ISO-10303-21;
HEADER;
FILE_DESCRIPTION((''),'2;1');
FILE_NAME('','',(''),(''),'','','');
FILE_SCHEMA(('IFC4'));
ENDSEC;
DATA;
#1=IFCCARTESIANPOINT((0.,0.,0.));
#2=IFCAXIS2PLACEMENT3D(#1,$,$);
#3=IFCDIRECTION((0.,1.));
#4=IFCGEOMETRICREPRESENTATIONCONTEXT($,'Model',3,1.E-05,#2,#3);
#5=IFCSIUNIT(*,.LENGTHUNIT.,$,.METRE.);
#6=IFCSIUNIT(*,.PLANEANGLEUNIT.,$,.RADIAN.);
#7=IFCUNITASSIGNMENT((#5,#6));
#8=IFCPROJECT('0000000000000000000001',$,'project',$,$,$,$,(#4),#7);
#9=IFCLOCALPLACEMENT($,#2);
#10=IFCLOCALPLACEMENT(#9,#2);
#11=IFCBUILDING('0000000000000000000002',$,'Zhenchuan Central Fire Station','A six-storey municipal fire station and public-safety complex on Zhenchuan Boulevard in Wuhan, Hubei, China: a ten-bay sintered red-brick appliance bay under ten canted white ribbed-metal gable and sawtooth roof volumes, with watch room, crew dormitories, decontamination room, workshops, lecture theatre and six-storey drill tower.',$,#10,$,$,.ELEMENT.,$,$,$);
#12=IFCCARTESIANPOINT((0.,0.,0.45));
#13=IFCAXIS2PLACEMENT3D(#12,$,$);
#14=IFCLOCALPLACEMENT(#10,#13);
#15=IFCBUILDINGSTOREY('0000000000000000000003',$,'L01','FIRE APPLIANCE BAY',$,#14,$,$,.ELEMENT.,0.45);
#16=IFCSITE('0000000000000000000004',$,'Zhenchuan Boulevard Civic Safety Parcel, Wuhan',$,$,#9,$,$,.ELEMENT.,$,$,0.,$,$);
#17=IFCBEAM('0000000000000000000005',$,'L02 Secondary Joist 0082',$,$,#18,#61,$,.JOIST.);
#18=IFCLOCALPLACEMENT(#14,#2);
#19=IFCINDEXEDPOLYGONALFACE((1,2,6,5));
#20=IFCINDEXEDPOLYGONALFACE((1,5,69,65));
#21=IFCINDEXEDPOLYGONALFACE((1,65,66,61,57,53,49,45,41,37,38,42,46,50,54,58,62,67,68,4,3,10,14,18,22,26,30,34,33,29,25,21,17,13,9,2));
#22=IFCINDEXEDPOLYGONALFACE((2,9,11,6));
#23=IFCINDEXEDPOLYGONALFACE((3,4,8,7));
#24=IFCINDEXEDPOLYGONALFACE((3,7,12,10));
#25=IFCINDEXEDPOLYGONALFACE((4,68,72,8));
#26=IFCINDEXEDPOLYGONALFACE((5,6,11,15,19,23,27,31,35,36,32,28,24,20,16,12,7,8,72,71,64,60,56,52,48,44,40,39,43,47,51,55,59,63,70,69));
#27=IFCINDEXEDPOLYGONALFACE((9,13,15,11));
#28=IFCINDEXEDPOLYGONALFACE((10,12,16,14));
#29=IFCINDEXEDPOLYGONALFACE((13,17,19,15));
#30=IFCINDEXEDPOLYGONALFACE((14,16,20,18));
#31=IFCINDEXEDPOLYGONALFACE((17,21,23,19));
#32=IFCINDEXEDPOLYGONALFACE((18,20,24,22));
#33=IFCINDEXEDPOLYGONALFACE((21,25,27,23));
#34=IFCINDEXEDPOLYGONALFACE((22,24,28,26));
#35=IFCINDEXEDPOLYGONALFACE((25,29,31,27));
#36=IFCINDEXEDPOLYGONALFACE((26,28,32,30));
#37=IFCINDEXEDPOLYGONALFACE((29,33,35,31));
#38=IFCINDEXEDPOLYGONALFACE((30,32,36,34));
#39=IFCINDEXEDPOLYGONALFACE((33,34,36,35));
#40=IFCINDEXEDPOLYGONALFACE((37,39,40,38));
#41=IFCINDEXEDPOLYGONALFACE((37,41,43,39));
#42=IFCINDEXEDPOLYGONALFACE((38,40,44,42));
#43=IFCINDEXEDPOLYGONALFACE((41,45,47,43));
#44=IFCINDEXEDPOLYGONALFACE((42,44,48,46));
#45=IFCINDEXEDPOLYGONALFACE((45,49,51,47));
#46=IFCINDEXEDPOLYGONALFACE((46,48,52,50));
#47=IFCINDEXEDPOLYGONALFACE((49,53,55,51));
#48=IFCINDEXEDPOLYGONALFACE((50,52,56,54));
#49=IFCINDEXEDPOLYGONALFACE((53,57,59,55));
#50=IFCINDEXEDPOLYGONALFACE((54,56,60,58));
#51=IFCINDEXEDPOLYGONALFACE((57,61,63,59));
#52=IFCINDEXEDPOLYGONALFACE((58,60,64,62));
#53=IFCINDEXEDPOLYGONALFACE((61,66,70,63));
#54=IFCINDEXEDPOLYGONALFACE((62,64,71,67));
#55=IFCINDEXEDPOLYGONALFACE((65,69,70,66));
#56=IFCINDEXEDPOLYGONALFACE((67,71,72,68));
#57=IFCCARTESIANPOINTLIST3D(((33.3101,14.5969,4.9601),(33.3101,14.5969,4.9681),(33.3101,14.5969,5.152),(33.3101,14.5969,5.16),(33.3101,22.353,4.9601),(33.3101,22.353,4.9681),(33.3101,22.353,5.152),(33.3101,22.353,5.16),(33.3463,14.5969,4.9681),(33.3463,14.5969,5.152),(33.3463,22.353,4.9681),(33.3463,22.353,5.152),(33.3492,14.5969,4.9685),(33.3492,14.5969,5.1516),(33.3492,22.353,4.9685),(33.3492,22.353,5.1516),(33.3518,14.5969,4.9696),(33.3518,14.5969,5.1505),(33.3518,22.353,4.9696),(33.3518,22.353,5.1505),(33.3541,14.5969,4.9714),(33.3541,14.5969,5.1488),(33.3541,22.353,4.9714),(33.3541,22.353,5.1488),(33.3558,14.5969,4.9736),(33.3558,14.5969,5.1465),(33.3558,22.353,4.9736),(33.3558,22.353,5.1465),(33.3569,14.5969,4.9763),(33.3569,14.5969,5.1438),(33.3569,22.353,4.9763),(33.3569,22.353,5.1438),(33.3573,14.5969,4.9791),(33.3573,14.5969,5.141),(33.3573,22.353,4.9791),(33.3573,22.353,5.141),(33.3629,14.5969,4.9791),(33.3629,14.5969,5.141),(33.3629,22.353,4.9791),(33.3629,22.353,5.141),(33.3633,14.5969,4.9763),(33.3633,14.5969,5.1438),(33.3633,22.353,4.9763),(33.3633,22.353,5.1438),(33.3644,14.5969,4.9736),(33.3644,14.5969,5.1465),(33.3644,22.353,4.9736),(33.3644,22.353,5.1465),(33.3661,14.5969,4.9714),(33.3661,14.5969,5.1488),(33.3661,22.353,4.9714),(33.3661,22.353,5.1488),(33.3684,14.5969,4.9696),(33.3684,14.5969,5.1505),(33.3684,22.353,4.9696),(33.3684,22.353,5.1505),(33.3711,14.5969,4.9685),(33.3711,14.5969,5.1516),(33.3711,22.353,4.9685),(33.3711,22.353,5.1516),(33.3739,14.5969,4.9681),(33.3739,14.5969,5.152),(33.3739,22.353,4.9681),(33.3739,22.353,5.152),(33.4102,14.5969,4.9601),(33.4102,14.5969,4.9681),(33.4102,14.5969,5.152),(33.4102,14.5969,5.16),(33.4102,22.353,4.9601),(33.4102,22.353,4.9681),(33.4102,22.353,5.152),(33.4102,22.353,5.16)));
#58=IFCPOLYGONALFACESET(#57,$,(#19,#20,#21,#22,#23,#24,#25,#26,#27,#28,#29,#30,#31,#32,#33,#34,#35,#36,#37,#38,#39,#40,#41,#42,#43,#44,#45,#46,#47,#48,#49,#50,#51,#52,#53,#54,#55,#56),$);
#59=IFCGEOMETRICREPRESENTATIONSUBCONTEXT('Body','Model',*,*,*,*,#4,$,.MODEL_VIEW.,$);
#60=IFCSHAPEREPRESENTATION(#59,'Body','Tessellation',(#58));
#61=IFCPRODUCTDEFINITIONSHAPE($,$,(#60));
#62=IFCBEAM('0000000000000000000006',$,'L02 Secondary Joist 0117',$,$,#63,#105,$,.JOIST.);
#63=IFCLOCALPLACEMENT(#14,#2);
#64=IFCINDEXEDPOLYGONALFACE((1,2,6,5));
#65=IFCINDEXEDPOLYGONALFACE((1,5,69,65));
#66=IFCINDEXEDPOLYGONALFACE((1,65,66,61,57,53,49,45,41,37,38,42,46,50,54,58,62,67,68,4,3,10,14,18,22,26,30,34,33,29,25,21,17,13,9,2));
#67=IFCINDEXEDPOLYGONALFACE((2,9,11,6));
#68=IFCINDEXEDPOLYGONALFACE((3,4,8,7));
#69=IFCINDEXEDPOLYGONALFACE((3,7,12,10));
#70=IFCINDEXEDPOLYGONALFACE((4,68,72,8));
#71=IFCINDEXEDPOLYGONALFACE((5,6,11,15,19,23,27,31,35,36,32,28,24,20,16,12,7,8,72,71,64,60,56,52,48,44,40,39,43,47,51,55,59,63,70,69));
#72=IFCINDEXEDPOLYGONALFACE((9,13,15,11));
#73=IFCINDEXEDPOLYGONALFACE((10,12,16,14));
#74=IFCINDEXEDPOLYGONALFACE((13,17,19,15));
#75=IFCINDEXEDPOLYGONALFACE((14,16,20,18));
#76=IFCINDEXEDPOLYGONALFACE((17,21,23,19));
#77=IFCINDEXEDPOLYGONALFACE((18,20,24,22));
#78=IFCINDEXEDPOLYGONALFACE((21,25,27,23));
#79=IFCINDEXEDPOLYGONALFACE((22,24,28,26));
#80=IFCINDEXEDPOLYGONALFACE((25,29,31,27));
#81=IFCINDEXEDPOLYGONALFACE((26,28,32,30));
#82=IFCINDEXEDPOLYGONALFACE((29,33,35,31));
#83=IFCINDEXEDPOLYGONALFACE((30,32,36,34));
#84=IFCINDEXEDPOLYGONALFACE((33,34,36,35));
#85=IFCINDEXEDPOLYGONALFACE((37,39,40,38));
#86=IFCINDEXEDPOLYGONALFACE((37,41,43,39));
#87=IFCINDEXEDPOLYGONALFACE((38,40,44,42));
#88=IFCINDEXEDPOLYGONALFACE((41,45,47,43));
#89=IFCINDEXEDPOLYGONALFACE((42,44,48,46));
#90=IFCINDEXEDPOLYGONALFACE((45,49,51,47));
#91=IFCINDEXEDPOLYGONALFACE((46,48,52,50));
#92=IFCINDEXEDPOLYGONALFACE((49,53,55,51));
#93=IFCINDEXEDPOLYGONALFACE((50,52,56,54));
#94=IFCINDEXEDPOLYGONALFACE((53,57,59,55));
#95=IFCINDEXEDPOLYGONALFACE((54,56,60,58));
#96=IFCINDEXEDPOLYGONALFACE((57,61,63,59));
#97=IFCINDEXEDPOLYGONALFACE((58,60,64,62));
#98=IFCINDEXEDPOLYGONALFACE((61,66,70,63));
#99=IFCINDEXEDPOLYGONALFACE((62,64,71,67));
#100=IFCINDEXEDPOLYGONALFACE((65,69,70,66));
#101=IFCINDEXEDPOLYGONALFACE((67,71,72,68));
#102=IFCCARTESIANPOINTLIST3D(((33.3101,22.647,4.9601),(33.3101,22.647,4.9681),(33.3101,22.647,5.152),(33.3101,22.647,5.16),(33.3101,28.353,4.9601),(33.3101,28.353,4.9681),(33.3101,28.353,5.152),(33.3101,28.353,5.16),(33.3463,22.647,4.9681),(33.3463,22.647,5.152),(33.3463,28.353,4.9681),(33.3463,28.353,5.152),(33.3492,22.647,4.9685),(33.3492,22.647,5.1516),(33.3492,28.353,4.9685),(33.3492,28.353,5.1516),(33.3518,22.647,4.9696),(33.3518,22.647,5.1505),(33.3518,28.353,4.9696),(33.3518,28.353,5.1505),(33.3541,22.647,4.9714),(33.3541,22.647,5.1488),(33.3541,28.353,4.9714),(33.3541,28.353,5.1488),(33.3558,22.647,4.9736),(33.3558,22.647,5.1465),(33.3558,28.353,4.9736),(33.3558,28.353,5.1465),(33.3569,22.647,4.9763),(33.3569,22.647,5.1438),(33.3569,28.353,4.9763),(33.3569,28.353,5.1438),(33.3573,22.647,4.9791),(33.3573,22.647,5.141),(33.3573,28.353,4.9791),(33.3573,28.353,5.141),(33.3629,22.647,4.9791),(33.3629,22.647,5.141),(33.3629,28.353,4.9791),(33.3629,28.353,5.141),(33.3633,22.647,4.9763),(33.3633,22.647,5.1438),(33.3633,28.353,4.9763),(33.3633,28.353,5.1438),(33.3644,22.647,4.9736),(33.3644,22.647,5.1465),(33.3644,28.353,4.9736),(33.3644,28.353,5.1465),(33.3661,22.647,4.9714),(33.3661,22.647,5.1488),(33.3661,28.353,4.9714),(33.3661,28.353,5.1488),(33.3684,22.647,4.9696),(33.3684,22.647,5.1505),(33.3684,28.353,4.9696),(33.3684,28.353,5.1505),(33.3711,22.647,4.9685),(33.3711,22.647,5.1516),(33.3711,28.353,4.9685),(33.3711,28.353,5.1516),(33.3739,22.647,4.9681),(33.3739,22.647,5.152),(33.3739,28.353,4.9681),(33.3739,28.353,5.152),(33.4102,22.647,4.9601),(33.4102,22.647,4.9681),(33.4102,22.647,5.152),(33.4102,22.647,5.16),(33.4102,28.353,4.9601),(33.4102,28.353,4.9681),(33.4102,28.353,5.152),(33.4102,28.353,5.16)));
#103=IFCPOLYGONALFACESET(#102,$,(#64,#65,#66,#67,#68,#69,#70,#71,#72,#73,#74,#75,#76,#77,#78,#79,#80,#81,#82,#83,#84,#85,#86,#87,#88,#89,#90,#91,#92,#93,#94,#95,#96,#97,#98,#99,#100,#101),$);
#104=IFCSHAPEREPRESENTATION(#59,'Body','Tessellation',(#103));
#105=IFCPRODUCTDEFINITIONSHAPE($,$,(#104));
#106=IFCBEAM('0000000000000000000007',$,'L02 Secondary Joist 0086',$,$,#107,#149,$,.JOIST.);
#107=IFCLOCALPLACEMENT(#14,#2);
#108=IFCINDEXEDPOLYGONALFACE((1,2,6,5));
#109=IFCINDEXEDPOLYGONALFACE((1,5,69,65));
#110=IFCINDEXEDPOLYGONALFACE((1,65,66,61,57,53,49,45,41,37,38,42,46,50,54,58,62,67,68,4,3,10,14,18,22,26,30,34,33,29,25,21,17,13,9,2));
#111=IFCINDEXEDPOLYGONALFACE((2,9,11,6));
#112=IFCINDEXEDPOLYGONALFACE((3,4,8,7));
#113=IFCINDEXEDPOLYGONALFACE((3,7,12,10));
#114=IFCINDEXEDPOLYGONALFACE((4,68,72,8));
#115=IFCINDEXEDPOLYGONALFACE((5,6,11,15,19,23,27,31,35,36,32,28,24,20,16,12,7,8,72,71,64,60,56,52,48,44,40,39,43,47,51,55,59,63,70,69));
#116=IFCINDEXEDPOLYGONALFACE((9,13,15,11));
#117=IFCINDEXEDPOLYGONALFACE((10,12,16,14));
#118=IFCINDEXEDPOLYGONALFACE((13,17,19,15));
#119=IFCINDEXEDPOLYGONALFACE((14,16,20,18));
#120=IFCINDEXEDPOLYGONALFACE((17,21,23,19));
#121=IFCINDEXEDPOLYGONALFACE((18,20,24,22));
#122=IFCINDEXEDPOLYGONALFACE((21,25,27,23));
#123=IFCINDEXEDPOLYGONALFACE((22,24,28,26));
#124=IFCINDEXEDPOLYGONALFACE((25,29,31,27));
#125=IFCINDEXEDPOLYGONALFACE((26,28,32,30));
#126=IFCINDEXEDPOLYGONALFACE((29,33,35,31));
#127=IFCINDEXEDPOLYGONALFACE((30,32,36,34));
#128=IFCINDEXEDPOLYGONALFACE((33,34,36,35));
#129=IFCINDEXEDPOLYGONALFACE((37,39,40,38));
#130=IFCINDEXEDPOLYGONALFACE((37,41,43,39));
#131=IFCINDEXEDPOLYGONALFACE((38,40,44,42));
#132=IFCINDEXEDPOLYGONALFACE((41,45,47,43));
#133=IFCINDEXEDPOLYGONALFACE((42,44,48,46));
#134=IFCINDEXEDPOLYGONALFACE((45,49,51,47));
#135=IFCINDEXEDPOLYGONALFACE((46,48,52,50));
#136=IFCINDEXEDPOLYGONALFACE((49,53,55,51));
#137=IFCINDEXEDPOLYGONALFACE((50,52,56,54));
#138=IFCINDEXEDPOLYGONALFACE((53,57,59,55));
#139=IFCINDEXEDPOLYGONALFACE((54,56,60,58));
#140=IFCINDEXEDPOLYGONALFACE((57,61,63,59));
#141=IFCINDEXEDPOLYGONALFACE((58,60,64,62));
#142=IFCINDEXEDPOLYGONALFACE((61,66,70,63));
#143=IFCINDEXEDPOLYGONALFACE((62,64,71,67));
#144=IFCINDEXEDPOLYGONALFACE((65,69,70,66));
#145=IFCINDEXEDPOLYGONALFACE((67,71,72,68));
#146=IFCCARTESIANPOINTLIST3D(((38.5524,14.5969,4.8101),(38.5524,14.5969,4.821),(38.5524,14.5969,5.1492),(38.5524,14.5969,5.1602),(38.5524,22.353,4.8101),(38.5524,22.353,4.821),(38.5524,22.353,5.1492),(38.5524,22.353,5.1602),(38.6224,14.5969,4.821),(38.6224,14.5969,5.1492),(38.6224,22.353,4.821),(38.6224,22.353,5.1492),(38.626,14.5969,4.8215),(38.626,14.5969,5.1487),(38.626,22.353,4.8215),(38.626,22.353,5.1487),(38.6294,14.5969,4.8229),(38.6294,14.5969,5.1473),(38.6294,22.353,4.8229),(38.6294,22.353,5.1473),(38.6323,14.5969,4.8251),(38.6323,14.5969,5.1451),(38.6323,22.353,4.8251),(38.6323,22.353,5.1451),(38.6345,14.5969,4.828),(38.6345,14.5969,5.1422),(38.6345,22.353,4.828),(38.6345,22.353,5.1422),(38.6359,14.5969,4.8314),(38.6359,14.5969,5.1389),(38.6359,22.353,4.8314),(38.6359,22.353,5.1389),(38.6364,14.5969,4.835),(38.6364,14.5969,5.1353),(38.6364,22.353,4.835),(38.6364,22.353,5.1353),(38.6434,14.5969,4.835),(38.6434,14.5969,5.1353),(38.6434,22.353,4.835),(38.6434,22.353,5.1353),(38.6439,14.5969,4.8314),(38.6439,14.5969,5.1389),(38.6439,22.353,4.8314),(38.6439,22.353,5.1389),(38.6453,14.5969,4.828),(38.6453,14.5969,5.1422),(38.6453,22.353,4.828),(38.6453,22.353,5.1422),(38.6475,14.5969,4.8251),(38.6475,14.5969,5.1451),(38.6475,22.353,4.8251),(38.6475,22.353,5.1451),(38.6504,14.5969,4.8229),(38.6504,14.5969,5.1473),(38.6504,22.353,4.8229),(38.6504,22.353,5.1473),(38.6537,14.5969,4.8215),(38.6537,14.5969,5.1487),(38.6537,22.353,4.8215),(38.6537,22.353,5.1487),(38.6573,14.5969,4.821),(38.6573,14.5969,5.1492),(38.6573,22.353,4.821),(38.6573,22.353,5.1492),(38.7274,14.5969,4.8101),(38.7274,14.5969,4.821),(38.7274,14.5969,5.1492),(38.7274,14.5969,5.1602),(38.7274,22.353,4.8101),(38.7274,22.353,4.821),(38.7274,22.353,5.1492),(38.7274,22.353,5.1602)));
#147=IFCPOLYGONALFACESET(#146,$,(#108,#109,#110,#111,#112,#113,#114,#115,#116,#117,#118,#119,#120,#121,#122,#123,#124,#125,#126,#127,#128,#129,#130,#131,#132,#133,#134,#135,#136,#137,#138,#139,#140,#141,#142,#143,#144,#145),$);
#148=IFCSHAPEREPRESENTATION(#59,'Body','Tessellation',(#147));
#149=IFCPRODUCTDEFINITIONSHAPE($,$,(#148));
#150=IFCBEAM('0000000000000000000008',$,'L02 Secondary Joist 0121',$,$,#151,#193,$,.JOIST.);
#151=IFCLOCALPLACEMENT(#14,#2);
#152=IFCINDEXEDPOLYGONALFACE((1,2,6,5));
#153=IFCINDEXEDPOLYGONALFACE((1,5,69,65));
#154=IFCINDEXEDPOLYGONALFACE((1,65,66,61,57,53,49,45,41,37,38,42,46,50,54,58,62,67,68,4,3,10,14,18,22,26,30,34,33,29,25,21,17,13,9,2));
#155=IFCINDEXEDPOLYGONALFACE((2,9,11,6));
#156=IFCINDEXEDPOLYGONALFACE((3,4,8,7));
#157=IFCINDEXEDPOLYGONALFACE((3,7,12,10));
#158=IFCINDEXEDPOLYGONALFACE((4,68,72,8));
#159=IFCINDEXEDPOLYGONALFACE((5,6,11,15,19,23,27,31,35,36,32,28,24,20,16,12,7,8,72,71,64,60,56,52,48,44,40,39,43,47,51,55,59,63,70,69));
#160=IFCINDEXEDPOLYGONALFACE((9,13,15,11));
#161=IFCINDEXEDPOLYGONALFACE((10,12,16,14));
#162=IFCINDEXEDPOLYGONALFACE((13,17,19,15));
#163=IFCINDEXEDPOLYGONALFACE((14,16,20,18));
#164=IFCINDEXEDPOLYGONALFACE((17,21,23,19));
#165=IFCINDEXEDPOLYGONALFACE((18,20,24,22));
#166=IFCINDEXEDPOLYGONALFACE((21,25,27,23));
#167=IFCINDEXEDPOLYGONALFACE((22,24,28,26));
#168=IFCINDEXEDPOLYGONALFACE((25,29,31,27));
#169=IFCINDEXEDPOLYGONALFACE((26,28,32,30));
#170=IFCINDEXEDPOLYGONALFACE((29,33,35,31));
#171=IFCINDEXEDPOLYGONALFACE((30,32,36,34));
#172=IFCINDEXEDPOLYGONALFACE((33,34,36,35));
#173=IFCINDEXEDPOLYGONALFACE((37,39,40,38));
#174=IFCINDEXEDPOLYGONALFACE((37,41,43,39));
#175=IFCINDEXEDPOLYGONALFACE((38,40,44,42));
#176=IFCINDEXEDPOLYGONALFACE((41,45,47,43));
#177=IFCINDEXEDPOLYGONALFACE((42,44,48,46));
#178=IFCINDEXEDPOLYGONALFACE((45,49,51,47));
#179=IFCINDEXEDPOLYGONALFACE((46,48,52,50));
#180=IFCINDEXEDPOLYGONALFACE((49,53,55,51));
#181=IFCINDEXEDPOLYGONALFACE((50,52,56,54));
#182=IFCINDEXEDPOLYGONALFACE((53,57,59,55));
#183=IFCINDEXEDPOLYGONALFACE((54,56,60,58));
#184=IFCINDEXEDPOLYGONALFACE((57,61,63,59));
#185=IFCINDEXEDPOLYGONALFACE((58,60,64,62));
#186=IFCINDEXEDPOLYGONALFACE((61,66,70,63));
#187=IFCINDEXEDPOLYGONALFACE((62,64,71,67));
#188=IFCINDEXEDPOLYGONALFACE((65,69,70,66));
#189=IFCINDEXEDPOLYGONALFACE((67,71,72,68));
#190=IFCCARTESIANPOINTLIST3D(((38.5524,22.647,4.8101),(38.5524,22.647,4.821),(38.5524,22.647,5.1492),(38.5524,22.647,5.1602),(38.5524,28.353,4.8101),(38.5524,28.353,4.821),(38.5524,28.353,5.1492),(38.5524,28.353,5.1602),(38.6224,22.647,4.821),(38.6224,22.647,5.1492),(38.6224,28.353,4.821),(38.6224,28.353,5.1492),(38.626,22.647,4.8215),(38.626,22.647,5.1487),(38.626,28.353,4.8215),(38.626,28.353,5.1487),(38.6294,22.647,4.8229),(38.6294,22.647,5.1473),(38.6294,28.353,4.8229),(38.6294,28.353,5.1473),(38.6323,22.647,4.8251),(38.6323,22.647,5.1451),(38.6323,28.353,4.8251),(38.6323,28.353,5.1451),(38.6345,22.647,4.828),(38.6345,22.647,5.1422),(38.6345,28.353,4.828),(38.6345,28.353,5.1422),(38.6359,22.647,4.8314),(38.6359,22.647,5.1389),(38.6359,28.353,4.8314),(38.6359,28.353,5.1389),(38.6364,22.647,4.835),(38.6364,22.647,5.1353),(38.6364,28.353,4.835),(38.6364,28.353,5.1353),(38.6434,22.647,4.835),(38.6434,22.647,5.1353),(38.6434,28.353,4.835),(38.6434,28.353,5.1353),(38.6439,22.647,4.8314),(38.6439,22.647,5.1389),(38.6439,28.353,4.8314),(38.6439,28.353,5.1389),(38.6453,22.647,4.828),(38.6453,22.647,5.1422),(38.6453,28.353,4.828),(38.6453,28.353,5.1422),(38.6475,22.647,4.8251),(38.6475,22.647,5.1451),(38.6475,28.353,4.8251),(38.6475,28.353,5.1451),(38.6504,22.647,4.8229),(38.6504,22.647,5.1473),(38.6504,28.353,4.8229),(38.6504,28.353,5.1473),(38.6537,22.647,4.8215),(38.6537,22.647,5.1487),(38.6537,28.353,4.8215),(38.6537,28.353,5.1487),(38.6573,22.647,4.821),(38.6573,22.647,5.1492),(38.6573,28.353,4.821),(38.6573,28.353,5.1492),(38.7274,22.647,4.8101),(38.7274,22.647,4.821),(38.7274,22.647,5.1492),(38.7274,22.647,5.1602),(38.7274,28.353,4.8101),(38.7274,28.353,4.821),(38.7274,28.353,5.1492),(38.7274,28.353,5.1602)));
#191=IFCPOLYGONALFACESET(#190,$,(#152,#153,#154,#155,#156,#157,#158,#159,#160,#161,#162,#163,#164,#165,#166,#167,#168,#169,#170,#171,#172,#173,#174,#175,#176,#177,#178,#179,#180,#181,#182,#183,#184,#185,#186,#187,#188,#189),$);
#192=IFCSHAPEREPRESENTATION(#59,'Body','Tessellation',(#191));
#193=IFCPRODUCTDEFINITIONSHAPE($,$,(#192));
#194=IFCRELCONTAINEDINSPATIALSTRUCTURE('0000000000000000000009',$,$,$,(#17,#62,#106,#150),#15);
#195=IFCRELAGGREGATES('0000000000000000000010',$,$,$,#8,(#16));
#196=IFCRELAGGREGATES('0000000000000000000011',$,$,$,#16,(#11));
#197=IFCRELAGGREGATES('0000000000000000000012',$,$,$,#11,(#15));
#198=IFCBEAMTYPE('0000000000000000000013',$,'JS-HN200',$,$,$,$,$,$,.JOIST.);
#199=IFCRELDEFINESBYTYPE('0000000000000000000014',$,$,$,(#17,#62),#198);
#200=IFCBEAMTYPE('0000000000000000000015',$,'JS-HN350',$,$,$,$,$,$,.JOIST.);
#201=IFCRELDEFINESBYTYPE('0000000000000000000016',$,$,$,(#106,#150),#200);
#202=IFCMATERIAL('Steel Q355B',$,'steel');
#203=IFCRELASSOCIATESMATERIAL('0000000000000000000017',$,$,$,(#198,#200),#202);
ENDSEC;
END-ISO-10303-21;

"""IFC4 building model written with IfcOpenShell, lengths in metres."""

from ifc_helpers import new_model, si_unit, direction, frame, origin, origin_2d, place, context, subcontext, project, spatial, i_section, extrude, material, material_profile, profile_set, type_object, element, save


model = new_model("IFC4")

# Units and contexts
model_context = context("Model", 3, precision=1e-05, world=origin(), true_north=direction((0.0, 1.0)))
body_context = subcontext(model_context, "Body", "Model", "MODEL_VIEW")
ifc_project = project(units=[si_unit("LENGTHUNIT", "METRE"), si_unit("PLANEANGLEUNIT", "RADIAN")], contexts=[model_context])

# Site, building, storey
site_placement = place(None, origin())
site = spatial("IfcSite", under=ifc_project, at=site_placement, Name="Zhenchuan Boulevard Civic Safety Parcel, Wuhan", CompositionType="ELEMENT", RefElevation=0.0)
building_placement = place(site_placement, origin())
building = spatial("IfcBuilding", under=site, at=building_placement, Name="Zhenchuan Central Fire Station", Description="A six-storey municipal fire station and public-safety complex on Zhenchuan Boulevard in Wuhan, Hubei, China: a ten-bay sintered red-brick appliance bay under ten canted white ribbed-metal gable and sawtooth roof volumes, with watch room, crew dormitories, decontamination room, workshops, lecture theatre and six-storey drill tower.", CompositionType="ELEMENT")
storey_placement = place(building_placement, frame((0.0, 0.0, 0.45)))
storey = spatial("IfcBuildingStorey", under=building, at=storey_placement, Name="L01", Description="FIRE APPLIANCE BAY", CompositionType="ELEMENT", Elevation=0.45)

# Beams
ifc_material_1 = material(Name="Steel Q355B", Category="steel")
ifc_material_profile_1 = material_profile(ifc_material_1, i_section(OverallWidth=0.1001, OverallDepth=0.2, WebThickness=0.0056, FlangeThickness=0.0081, FilletRadius=0.011, at=origin_2d()), Name="HN 200x100")
ifc_profile_set_1 = profile_set([ifc_material_profile_1], Name="Steel Q355B")
beam_type_1 = type_object("IfcBeamType", Name="JS-HN200", PredefinedType="JOIST", material=ifc_profile_set_1)
beam_1_placement = place(storey_placement, frame((33.3601, 14.5969, 5.0601), z_axis=(0.0, 1.0, 0.0), x_axis=(-1.0, 0.0, 0.0)))
element("IfcBeam", 1, at=beam_1_placement, inside=storey, type_object=beam_type_1, Name="L02 Secondary Joist 0082", PredefinedType="JOIST", context=body_context, shape_type="SweptSolid", body=[
    extrude(i_section(OverallWidth=0.1001, OverallDepth=0.2, WebThickness=0.0056, FlangeThickness=0.0081, FilletRadius=0.011, at=origin_2d()), origin(), (0.0, 0.0, 1.0), 7.7561),
])
beam_2_placement = place(storey_placement, frame((33.3601, 22.647, 5.0601), z_axis=(0.0, 1.0, 0.0), x_axis=(-1.0, 0.0, 0.0)))
element("IfcBeam", 2, at=beam_2_placement, inside=storey, type_object=beam_type_1, Name="L02 Secondary Joist 0117", PredefinedType="JOIST", context=body_context, shape_type="SweptSolid", body=[
    extrude(i_section(OverallWidth=0.1001, OverallDepth=0.2, WebThickness=0.0056, FlangeThickness=0.0081, FilletRadius=0.011, at=origin_2d()), origin(), (0.0, 0.0, 1.0), 5.7061),
])
ifc_material_profile_2 = material_profile(ifc_material_1, i_section(OverallWidth=0.175, OverallDepth=0.3501, WebThickness=0.0071, FlangeThickness=0.011, FilletRadius=0.0139, at=origin_2d()), Name="HN 350x175")
ifc_profile_set_2 = profile_set([ifc_material_profile_2], Name="Steel Q355B")
beam_type_2 = type_object("IfcBeamType", Name="JS-HN350", PredefinedType="JOIST", material=ifc_profile_set_2)
beam_3_placement = place(storey_placement, frame((38.6399, 14.5969, 4.9851), z_axis=(0.0, 1.0, 0.0), x_axis=(-1.0, 0.0, 0.0)))
element("IfcBeam", 3, at=beam_3_placement, inside=storey, type_object=beam_type_2, Name="L02 Secondary Joist 0086", PredefinedType="JOIST", context=body_context, shape_type="SweptSolid", body=[
    extrude(i_section(OverallWidth=0.175, OverallDepth=0.3501, WebThickness=0.0071, FlangeThickness=0.011, FilletRadius=0.0139, at=origin_2d()), origin(), (0.0, 0.0, 1.0), 7.7561),
])
beam_4_placement = place(storey_placement, frame((38.6399, 22.647, 4.9851), z_axis=(0.0, 1.0, 0.0), x_axis=(-1.0, 0.0, 0.0)))
element("IfcBeam", 4, at=beam_4_placement, inside=storey, type_object=beam_type_2, Name="L02 Secondary Joist 0121", PredefinedType="JOIST", context=body_context, shape_type="SweptSolid", body=[
    extrude(i_section(OverallWidth=0.175, OverallDepth=0.3501, WebThickness=0.0071, FlangeThickness=0.011, FilletRadius=0.0139, at=origin_2d()), origin(), (0.0, 0.0, 1.0), 5.7061),
])

save(model, "model.ifc")
